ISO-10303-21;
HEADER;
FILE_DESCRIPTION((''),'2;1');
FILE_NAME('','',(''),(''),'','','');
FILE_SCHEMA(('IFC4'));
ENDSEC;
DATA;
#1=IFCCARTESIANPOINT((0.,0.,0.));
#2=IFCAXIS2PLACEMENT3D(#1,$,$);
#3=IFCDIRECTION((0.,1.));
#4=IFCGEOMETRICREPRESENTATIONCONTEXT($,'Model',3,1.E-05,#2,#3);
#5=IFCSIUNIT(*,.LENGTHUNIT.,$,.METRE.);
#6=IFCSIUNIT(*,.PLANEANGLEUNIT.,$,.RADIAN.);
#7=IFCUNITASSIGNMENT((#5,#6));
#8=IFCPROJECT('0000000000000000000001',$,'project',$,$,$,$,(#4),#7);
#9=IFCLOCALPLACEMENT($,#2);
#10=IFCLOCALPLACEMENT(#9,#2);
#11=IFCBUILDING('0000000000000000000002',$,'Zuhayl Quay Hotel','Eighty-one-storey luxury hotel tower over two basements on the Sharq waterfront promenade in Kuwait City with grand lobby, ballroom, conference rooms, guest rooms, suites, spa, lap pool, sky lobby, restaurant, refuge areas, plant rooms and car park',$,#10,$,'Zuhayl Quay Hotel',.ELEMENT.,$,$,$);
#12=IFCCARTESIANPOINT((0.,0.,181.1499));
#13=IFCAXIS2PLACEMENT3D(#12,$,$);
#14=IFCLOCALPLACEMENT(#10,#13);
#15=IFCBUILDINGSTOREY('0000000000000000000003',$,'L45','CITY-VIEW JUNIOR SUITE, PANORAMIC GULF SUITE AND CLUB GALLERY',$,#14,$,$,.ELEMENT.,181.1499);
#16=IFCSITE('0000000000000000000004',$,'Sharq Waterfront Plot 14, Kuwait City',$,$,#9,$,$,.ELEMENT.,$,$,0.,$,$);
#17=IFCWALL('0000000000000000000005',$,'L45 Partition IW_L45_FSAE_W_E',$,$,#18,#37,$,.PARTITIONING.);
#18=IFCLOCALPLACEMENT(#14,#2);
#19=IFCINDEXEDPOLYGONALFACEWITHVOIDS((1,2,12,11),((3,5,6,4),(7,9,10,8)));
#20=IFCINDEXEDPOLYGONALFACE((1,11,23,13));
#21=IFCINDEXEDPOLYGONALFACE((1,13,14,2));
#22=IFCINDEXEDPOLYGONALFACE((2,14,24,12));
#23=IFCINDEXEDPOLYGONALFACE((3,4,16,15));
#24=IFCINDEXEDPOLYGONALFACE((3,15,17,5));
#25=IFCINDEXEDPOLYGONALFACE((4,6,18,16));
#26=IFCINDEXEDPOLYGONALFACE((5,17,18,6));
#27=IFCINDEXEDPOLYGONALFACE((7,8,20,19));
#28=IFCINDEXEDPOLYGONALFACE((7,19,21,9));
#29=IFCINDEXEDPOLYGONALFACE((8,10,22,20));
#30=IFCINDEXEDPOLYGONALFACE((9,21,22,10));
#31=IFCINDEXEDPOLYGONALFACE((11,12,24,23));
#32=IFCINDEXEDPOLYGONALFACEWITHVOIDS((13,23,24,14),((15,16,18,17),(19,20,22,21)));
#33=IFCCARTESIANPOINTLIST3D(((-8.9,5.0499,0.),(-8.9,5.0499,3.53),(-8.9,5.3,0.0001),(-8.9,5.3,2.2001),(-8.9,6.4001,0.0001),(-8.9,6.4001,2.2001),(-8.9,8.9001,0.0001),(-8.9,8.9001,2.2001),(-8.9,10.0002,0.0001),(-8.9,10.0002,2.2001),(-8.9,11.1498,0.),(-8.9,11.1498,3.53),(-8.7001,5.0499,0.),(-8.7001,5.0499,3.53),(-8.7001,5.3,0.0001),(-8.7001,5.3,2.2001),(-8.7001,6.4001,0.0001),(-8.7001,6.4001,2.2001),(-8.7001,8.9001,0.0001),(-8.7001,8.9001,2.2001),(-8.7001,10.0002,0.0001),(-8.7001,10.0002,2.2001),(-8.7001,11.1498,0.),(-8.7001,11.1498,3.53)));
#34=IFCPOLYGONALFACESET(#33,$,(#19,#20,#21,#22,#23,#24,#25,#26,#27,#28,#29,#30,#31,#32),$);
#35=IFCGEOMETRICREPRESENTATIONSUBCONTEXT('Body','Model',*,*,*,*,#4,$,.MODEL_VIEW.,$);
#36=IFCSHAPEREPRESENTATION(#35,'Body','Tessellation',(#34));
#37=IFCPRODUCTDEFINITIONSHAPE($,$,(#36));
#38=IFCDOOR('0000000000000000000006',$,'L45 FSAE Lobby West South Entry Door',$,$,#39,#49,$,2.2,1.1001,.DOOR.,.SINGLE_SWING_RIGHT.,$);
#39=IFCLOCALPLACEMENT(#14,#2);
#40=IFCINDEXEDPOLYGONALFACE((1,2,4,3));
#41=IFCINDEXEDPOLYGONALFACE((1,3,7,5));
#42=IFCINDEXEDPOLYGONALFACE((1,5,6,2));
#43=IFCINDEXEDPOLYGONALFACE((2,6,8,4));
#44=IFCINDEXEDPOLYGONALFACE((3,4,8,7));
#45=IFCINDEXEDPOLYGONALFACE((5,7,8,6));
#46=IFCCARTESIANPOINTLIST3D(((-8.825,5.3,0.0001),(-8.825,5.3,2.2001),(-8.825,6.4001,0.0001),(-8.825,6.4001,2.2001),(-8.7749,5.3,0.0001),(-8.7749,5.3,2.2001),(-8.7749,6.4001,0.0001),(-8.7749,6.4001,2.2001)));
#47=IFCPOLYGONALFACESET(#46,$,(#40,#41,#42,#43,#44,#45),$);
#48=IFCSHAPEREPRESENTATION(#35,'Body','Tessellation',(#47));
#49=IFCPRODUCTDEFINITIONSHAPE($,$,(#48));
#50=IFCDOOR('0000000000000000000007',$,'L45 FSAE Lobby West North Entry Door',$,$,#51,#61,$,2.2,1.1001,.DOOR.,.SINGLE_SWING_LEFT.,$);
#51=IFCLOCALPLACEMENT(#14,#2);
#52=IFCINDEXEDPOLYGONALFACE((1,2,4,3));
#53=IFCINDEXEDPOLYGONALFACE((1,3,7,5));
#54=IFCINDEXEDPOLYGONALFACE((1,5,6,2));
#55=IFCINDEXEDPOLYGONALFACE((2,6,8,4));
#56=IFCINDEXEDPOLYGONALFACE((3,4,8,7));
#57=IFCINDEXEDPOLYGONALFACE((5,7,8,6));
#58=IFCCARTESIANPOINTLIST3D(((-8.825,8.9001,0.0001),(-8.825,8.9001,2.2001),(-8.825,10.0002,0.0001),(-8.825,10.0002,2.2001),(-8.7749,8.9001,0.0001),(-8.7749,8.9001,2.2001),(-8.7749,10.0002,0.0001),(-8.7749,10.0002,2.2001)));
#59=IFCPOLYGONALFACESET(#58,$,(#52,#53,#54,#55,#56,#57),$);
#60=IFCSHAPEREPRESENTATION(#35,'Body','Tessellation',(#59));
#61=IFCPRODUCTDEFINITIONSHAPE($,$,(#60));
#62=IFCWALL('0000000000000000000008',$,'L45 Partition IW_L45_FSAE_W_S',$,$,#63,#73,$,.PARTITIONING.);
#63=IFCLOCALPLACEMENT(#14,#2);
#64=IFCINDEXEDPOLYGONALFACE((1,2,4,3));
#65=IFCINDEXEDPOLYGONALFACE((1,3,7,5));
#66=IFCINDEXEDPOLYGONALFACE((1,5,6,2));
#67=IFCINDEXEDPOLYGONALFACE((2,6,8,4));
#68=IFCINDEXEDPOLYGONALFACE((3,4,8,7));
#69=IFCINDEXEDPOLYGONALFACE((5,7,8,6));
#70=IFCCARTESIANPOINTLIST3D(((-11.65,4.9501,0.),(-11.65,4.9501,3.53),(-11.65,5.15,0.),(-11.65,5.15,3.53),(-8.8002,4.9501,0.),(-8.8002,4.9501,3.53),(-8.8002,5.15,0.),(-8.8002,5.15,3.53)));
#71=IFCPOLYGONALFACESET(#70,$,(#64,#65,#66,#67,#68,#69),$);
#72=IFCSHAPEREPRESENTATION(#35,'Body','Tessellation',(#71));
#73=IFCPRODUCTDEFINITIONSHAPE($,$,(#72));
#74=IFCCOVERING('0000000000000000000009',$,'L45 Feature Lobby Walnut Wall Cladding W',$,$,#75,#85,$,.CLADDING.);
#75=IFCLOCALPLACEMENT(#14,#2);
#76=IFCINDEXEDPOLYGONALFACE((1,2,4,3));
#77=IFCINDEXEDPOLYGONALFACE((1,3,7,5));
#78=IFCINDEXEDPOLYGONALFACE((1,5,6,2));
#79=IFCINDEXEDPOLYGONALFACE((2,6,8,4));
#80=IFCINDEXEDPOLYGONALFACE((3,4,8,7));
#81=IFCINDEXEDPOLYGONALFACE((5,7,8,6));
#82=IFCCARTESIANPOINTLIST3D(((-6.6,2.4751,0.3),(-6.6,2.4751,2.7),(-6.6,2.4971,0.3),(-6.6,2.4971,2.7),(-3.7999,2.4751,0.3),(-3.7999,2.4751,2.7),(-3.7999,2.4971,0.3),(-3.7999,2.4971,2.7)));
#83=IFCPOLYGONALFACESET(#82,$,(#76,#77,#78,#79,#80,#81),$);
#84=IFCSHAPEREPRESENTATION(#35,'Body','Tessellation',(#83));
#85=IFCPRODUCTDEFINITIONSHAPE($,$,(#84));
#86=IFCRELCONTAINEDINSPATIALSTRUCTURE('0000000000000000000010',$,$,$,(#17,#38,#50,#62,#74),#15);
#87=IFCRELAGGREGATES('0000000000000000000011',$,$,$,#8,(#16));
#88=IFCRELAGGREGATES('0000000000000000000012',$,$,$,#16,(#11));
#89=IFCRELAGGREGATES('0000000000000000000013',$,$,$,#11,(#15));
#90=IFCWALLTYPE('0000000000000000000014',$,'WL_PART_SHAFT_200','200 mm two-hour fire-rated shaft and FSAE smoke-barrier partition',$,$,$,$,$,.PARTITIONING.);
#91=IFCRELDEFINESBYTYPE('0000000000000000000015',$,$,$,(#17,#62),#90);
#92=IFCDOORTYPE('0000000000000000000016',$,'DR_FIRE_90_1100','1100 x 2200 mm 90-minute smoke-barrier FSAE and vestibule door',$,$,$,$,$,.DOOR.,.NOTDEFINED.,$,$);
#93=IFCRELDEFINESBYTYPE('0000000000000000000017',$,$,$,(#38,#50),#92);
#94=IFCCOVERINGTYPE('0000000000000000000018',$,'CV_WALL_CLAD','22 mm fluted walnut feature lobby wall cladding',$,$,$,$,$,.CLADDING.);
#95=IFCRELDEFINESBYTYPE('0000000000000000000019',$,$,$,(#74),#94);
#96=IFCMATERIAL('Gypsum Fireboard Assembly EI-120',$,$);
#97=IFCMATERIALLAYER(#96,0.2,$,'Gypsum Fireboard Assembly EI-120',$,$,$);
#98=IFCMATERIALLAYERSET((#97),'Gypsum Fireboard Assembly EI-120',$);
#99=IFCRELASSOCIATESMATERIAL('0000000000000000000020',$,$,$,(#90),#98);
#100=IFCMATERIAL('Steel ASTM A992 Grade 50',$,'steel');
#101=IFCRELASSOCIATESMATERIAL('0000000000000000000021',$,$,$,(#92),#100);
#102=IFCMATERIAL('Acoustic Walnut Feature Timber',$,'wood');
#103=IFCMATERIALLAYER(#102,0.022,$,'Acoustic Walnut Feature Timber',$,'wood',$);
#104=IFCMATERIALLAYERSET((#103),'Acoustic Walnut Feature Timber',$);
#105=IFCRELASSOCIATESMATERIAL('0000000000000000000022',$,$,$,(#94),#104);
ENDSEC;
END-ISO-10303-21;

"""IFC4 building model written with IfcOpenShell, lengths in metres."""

from ifc_helpers import new_model, si_unit, direction, frame, frame_2d, origin, origin_2d, place, context, subcontext, project, spatial, rectangle, extrude, material, layer, layer_set, type_object, element, fill, save


model = new_model("IFC4")

# Units and contexts
model_context = context("Model", 3, precision=1e-05, world=origin(), true_north=direction((0.0, 1.0)))
body_context = subcontext(model_context, "Body", "Model", "MODEL_VIEW")
ifc_project = project(units=[si_unit("LENGTHUNIT", "METRE"), si_unit("PLANEANGLEUNIT", "RADIAN")], contexts=[model_context])

# Site, building, storey
site_placement = place(None, origin())
site = spatial("IfcSite", under=ifc_project, at=site_placement, Name="Sharq Waterfront Plot 14, Kuwait City", CompositionType="ELEMENT", RefElevation=0.0)
building_placement = place(site_placement, origin())
building = spatial("IfcBuilding", under=site, at=building_placement, Name="Zuhayl Quay Hotel", Description="Eighty-one-storey luxury hotel tower over two basements on the Sharq waterfront promenade in Kuwait City with grand lobby, ballroom, conference rooms, guest rooms, suites, spa, lap pool, sky lobby, restaurant, refuge areas, plant rooms and car park", LongName="Zuhayl Quay Hotel", CompositionType="ELEMENT")
storey_placement = place(building_placement, frame((0.0, 0.0, 181.1499)))
storey = spatial("IfcBuildingStorey", under=building, at=storey_placement, Name="L45", Description="CITY-VIEW JUNIOR SUITE, PANORAMIC GULF SUITE AND CLUB GALLERY", CompositionType="ELEMENT", Elevation=181.1499)

# Shared definitions
ifc_material_1 = material(Name="Steel ASTM A992 Grade 50", Category="steel")

# Wall, openings, doors
ifc_material_2 = material(Name="Gypsum Fireboard Assembly EI-120")
ifc_layer_1 = layer(ifc_material_2, 0.2, Name="Gypsum Fireboard Assembly EI-120")
ifc_layer_set_1 = layer_set([ifc_layer_1], Name="Gypsum Fireboard Assembly EI-120")
wall_type_1 = type_object("IfcWallType", Name="WL_PART_SHAFT_200", Description="200 mm two-hour fire-rated shaft and FSAE smoke-barrier partition", PredefinedType="PARTITIONING", material=ifc_layer_set_1)
wall_1_placement = place(storey_placement, frame((-8.8, 5.05, 0.0), z_axis=(0.0, 0.0, 1.0), x_axis=(0.0, 1.0, 0.0)))
wall_1 = element("IfcWall", 1, at=wall_1_placement, inside=storey, type_object=wall_type_1, Name="L45 Partition IW_L45_FSAE_W_E", PredefinedType="PARTITIONING", context=body_context, shape_type="SweptSolid", body=[
    extrude(rectangle(XDim=6.0999, YDim=0.2, at=frame_2d((3.0498, 0.0))), origin(), (0.0, 0.0, 1.0), 3.53),
])
opening_1_placement = place(wall_1_placement, frame((0.25, 0.0, 0.0)))
opening_1 = element("IfcOpeningElement", 2, at=opening_1_placement, cuts=wall_1, PredefinedType="OPENING", context=body_context, shape_type="SweptSolid", body=[
    extrude(rectangle(XDim=1.1001, YDim=2.2, at=frame_2d((0.55, 1.1001))), frame((0.0, 0.1099, 0.0), z_axis=(0.0, -1.0, 0.0), x_axis=(1.0, 0.0, 0.0)), (0.0, 0.0, 1.0), 0.22),
])
opening_2_placement = place(wall_1_placement, frame((3.8501, 0.0, 0.0)))
opening_2 = element("IfcOpeningElement", 3, at=opening_2_placement, cuts=wall_1, PredefinedType="OPENING", context=body_context, shape_type="SweptSolid", body=[
    extrude(rectangle(XDim=1.1001, YDim=2.2, at=frame_2d((0.55, 1.1001))), frame((0.0, 0.1099, 0.0), z_axis=(0.0, -1.0, 0.0), x_axis=(1.0, 0.0, 0.0)), (0.0, 0.0, 1.0), 0.22),
])
door_type_1 = type_object("IfcDoorType", Name="DR_FIRE_90_1100", Description="1100 x 2200 mm 90-minute smoke-barrier FSAE and vestibule door", OperationType="NOTDEFINED", PredefinedType="DOOR", material=ifc_material_1)
door_1_placement = place(opening_1_placement, origin())
door_1 = element("IfcDoor", 4, at=door_1_placement, inside=storey, type_object=door_type_1, Name="L45 FSAE Lobby West South Entry Door", OperationType="SINGLE_SWING_RIGHT", OverallHeight=2.2, OverallWidth=1.1001, PredefinedType="DOOR", context=body_context, shape_type="SweptSolid", body=[
    extrude(rectangle(XDim=1.1001, YDim=2.2, at=frame_2d((0.55, 1.1001))), frame((0.0, 0.0249, 0.0), z_axis=(0.0, -1.0, 0.0), x_axis=(1.0, 0.0, 0.0)), (0.0, 0.0, 1.0), 0.05),
])
fill(opening_1, door_1)
door_2_placement = place(opening_2_placement, origin())
door_2 = element("IfcDoor", 5, at=door_2_placement, inside=storey, type_object=door_type_1, Name="L45 FSAE Lobby West North Entry Door", OperationType="SINGLE_SWING_LEFT", OverallHeight=2.2, OverallWidth=1.1001, PredefinedType="DOOR", context=body_context, shape_type="SweptSolid", body=[
    extrude(rectangle(XDim=1.1001, YDim=2.2, at=frame_2d((0.55, 1.1001))), frame((0.0, 0.0249, 0.0), z_axis=(0.0, -1.0, 0.0), x_axis=(1.0, 0.0, 0.0)), (0.0, 0.0, 1.0), 0.05),
])
fill(opening_2, door_2)

# Wall
wall_2_placement = place(storey_placement, frame((-11.6499, 5.05, 0.0), z_axis=(0.0, 0.0, 1.0), x_axis=(1.0, 0.0, 0.0)))
element("IfcWall", 6, at=wall_2_placement, inside=storey, type_object=wall_type_1, Name="L45 Partition IW_L45_FSAE_W_S", PredefinedType="PARTITIONING", context=body_context, shape_type="SweptSolid", body=[
    extrude(rectangle(XDim=2.8499, YDim=0.2, at=frame_2d((1.4248, 0.0))), origin(), (0.0, 0.0, 1.0), 3.53),
])

# Covering
ifc_material_3 = material(Name="Acoustic Walnut Feature Timber", Category="wood")
ifc_layer_2 = layer(ifc_material_3, 0.022, Name="Acoustic Walnut Feature Timber", Category="wood")
ifc_layer_set_2 = layer_set([ifc_layer_2], Name="Acoustic Walnut Feature Timber")
covering_type = type_object("IfcCoveringType", Name="CV_WALL_CLAD", Description="22 mm fluted walnut feature lobby wall cladding", PredefinedType="CLADDING", material=ifc_layer_set_2)
covering_placement = place(storey_placement, frame((-5.2, 2.4861, 0.3), z_axis=(0.0, 0.0, 1.0), x_axis=(1.0, 0.0, 0.0)))
element("IfcCovering", 7, at=covering_placement, inside=storey, type_object=covering_type, Name="L45 Feature Lobby Walnut Wall Cladding W", PredefinedType="CLADDING", context=body_context, shape_type="SweptSolid", body=[
    extrude(rectangle(XDim=2.8, YDim=0.022, at=origin_2d()), origin(), (0.0, 0.0, 1.0), 2.3999),
])

save(model, "model.ifc")
